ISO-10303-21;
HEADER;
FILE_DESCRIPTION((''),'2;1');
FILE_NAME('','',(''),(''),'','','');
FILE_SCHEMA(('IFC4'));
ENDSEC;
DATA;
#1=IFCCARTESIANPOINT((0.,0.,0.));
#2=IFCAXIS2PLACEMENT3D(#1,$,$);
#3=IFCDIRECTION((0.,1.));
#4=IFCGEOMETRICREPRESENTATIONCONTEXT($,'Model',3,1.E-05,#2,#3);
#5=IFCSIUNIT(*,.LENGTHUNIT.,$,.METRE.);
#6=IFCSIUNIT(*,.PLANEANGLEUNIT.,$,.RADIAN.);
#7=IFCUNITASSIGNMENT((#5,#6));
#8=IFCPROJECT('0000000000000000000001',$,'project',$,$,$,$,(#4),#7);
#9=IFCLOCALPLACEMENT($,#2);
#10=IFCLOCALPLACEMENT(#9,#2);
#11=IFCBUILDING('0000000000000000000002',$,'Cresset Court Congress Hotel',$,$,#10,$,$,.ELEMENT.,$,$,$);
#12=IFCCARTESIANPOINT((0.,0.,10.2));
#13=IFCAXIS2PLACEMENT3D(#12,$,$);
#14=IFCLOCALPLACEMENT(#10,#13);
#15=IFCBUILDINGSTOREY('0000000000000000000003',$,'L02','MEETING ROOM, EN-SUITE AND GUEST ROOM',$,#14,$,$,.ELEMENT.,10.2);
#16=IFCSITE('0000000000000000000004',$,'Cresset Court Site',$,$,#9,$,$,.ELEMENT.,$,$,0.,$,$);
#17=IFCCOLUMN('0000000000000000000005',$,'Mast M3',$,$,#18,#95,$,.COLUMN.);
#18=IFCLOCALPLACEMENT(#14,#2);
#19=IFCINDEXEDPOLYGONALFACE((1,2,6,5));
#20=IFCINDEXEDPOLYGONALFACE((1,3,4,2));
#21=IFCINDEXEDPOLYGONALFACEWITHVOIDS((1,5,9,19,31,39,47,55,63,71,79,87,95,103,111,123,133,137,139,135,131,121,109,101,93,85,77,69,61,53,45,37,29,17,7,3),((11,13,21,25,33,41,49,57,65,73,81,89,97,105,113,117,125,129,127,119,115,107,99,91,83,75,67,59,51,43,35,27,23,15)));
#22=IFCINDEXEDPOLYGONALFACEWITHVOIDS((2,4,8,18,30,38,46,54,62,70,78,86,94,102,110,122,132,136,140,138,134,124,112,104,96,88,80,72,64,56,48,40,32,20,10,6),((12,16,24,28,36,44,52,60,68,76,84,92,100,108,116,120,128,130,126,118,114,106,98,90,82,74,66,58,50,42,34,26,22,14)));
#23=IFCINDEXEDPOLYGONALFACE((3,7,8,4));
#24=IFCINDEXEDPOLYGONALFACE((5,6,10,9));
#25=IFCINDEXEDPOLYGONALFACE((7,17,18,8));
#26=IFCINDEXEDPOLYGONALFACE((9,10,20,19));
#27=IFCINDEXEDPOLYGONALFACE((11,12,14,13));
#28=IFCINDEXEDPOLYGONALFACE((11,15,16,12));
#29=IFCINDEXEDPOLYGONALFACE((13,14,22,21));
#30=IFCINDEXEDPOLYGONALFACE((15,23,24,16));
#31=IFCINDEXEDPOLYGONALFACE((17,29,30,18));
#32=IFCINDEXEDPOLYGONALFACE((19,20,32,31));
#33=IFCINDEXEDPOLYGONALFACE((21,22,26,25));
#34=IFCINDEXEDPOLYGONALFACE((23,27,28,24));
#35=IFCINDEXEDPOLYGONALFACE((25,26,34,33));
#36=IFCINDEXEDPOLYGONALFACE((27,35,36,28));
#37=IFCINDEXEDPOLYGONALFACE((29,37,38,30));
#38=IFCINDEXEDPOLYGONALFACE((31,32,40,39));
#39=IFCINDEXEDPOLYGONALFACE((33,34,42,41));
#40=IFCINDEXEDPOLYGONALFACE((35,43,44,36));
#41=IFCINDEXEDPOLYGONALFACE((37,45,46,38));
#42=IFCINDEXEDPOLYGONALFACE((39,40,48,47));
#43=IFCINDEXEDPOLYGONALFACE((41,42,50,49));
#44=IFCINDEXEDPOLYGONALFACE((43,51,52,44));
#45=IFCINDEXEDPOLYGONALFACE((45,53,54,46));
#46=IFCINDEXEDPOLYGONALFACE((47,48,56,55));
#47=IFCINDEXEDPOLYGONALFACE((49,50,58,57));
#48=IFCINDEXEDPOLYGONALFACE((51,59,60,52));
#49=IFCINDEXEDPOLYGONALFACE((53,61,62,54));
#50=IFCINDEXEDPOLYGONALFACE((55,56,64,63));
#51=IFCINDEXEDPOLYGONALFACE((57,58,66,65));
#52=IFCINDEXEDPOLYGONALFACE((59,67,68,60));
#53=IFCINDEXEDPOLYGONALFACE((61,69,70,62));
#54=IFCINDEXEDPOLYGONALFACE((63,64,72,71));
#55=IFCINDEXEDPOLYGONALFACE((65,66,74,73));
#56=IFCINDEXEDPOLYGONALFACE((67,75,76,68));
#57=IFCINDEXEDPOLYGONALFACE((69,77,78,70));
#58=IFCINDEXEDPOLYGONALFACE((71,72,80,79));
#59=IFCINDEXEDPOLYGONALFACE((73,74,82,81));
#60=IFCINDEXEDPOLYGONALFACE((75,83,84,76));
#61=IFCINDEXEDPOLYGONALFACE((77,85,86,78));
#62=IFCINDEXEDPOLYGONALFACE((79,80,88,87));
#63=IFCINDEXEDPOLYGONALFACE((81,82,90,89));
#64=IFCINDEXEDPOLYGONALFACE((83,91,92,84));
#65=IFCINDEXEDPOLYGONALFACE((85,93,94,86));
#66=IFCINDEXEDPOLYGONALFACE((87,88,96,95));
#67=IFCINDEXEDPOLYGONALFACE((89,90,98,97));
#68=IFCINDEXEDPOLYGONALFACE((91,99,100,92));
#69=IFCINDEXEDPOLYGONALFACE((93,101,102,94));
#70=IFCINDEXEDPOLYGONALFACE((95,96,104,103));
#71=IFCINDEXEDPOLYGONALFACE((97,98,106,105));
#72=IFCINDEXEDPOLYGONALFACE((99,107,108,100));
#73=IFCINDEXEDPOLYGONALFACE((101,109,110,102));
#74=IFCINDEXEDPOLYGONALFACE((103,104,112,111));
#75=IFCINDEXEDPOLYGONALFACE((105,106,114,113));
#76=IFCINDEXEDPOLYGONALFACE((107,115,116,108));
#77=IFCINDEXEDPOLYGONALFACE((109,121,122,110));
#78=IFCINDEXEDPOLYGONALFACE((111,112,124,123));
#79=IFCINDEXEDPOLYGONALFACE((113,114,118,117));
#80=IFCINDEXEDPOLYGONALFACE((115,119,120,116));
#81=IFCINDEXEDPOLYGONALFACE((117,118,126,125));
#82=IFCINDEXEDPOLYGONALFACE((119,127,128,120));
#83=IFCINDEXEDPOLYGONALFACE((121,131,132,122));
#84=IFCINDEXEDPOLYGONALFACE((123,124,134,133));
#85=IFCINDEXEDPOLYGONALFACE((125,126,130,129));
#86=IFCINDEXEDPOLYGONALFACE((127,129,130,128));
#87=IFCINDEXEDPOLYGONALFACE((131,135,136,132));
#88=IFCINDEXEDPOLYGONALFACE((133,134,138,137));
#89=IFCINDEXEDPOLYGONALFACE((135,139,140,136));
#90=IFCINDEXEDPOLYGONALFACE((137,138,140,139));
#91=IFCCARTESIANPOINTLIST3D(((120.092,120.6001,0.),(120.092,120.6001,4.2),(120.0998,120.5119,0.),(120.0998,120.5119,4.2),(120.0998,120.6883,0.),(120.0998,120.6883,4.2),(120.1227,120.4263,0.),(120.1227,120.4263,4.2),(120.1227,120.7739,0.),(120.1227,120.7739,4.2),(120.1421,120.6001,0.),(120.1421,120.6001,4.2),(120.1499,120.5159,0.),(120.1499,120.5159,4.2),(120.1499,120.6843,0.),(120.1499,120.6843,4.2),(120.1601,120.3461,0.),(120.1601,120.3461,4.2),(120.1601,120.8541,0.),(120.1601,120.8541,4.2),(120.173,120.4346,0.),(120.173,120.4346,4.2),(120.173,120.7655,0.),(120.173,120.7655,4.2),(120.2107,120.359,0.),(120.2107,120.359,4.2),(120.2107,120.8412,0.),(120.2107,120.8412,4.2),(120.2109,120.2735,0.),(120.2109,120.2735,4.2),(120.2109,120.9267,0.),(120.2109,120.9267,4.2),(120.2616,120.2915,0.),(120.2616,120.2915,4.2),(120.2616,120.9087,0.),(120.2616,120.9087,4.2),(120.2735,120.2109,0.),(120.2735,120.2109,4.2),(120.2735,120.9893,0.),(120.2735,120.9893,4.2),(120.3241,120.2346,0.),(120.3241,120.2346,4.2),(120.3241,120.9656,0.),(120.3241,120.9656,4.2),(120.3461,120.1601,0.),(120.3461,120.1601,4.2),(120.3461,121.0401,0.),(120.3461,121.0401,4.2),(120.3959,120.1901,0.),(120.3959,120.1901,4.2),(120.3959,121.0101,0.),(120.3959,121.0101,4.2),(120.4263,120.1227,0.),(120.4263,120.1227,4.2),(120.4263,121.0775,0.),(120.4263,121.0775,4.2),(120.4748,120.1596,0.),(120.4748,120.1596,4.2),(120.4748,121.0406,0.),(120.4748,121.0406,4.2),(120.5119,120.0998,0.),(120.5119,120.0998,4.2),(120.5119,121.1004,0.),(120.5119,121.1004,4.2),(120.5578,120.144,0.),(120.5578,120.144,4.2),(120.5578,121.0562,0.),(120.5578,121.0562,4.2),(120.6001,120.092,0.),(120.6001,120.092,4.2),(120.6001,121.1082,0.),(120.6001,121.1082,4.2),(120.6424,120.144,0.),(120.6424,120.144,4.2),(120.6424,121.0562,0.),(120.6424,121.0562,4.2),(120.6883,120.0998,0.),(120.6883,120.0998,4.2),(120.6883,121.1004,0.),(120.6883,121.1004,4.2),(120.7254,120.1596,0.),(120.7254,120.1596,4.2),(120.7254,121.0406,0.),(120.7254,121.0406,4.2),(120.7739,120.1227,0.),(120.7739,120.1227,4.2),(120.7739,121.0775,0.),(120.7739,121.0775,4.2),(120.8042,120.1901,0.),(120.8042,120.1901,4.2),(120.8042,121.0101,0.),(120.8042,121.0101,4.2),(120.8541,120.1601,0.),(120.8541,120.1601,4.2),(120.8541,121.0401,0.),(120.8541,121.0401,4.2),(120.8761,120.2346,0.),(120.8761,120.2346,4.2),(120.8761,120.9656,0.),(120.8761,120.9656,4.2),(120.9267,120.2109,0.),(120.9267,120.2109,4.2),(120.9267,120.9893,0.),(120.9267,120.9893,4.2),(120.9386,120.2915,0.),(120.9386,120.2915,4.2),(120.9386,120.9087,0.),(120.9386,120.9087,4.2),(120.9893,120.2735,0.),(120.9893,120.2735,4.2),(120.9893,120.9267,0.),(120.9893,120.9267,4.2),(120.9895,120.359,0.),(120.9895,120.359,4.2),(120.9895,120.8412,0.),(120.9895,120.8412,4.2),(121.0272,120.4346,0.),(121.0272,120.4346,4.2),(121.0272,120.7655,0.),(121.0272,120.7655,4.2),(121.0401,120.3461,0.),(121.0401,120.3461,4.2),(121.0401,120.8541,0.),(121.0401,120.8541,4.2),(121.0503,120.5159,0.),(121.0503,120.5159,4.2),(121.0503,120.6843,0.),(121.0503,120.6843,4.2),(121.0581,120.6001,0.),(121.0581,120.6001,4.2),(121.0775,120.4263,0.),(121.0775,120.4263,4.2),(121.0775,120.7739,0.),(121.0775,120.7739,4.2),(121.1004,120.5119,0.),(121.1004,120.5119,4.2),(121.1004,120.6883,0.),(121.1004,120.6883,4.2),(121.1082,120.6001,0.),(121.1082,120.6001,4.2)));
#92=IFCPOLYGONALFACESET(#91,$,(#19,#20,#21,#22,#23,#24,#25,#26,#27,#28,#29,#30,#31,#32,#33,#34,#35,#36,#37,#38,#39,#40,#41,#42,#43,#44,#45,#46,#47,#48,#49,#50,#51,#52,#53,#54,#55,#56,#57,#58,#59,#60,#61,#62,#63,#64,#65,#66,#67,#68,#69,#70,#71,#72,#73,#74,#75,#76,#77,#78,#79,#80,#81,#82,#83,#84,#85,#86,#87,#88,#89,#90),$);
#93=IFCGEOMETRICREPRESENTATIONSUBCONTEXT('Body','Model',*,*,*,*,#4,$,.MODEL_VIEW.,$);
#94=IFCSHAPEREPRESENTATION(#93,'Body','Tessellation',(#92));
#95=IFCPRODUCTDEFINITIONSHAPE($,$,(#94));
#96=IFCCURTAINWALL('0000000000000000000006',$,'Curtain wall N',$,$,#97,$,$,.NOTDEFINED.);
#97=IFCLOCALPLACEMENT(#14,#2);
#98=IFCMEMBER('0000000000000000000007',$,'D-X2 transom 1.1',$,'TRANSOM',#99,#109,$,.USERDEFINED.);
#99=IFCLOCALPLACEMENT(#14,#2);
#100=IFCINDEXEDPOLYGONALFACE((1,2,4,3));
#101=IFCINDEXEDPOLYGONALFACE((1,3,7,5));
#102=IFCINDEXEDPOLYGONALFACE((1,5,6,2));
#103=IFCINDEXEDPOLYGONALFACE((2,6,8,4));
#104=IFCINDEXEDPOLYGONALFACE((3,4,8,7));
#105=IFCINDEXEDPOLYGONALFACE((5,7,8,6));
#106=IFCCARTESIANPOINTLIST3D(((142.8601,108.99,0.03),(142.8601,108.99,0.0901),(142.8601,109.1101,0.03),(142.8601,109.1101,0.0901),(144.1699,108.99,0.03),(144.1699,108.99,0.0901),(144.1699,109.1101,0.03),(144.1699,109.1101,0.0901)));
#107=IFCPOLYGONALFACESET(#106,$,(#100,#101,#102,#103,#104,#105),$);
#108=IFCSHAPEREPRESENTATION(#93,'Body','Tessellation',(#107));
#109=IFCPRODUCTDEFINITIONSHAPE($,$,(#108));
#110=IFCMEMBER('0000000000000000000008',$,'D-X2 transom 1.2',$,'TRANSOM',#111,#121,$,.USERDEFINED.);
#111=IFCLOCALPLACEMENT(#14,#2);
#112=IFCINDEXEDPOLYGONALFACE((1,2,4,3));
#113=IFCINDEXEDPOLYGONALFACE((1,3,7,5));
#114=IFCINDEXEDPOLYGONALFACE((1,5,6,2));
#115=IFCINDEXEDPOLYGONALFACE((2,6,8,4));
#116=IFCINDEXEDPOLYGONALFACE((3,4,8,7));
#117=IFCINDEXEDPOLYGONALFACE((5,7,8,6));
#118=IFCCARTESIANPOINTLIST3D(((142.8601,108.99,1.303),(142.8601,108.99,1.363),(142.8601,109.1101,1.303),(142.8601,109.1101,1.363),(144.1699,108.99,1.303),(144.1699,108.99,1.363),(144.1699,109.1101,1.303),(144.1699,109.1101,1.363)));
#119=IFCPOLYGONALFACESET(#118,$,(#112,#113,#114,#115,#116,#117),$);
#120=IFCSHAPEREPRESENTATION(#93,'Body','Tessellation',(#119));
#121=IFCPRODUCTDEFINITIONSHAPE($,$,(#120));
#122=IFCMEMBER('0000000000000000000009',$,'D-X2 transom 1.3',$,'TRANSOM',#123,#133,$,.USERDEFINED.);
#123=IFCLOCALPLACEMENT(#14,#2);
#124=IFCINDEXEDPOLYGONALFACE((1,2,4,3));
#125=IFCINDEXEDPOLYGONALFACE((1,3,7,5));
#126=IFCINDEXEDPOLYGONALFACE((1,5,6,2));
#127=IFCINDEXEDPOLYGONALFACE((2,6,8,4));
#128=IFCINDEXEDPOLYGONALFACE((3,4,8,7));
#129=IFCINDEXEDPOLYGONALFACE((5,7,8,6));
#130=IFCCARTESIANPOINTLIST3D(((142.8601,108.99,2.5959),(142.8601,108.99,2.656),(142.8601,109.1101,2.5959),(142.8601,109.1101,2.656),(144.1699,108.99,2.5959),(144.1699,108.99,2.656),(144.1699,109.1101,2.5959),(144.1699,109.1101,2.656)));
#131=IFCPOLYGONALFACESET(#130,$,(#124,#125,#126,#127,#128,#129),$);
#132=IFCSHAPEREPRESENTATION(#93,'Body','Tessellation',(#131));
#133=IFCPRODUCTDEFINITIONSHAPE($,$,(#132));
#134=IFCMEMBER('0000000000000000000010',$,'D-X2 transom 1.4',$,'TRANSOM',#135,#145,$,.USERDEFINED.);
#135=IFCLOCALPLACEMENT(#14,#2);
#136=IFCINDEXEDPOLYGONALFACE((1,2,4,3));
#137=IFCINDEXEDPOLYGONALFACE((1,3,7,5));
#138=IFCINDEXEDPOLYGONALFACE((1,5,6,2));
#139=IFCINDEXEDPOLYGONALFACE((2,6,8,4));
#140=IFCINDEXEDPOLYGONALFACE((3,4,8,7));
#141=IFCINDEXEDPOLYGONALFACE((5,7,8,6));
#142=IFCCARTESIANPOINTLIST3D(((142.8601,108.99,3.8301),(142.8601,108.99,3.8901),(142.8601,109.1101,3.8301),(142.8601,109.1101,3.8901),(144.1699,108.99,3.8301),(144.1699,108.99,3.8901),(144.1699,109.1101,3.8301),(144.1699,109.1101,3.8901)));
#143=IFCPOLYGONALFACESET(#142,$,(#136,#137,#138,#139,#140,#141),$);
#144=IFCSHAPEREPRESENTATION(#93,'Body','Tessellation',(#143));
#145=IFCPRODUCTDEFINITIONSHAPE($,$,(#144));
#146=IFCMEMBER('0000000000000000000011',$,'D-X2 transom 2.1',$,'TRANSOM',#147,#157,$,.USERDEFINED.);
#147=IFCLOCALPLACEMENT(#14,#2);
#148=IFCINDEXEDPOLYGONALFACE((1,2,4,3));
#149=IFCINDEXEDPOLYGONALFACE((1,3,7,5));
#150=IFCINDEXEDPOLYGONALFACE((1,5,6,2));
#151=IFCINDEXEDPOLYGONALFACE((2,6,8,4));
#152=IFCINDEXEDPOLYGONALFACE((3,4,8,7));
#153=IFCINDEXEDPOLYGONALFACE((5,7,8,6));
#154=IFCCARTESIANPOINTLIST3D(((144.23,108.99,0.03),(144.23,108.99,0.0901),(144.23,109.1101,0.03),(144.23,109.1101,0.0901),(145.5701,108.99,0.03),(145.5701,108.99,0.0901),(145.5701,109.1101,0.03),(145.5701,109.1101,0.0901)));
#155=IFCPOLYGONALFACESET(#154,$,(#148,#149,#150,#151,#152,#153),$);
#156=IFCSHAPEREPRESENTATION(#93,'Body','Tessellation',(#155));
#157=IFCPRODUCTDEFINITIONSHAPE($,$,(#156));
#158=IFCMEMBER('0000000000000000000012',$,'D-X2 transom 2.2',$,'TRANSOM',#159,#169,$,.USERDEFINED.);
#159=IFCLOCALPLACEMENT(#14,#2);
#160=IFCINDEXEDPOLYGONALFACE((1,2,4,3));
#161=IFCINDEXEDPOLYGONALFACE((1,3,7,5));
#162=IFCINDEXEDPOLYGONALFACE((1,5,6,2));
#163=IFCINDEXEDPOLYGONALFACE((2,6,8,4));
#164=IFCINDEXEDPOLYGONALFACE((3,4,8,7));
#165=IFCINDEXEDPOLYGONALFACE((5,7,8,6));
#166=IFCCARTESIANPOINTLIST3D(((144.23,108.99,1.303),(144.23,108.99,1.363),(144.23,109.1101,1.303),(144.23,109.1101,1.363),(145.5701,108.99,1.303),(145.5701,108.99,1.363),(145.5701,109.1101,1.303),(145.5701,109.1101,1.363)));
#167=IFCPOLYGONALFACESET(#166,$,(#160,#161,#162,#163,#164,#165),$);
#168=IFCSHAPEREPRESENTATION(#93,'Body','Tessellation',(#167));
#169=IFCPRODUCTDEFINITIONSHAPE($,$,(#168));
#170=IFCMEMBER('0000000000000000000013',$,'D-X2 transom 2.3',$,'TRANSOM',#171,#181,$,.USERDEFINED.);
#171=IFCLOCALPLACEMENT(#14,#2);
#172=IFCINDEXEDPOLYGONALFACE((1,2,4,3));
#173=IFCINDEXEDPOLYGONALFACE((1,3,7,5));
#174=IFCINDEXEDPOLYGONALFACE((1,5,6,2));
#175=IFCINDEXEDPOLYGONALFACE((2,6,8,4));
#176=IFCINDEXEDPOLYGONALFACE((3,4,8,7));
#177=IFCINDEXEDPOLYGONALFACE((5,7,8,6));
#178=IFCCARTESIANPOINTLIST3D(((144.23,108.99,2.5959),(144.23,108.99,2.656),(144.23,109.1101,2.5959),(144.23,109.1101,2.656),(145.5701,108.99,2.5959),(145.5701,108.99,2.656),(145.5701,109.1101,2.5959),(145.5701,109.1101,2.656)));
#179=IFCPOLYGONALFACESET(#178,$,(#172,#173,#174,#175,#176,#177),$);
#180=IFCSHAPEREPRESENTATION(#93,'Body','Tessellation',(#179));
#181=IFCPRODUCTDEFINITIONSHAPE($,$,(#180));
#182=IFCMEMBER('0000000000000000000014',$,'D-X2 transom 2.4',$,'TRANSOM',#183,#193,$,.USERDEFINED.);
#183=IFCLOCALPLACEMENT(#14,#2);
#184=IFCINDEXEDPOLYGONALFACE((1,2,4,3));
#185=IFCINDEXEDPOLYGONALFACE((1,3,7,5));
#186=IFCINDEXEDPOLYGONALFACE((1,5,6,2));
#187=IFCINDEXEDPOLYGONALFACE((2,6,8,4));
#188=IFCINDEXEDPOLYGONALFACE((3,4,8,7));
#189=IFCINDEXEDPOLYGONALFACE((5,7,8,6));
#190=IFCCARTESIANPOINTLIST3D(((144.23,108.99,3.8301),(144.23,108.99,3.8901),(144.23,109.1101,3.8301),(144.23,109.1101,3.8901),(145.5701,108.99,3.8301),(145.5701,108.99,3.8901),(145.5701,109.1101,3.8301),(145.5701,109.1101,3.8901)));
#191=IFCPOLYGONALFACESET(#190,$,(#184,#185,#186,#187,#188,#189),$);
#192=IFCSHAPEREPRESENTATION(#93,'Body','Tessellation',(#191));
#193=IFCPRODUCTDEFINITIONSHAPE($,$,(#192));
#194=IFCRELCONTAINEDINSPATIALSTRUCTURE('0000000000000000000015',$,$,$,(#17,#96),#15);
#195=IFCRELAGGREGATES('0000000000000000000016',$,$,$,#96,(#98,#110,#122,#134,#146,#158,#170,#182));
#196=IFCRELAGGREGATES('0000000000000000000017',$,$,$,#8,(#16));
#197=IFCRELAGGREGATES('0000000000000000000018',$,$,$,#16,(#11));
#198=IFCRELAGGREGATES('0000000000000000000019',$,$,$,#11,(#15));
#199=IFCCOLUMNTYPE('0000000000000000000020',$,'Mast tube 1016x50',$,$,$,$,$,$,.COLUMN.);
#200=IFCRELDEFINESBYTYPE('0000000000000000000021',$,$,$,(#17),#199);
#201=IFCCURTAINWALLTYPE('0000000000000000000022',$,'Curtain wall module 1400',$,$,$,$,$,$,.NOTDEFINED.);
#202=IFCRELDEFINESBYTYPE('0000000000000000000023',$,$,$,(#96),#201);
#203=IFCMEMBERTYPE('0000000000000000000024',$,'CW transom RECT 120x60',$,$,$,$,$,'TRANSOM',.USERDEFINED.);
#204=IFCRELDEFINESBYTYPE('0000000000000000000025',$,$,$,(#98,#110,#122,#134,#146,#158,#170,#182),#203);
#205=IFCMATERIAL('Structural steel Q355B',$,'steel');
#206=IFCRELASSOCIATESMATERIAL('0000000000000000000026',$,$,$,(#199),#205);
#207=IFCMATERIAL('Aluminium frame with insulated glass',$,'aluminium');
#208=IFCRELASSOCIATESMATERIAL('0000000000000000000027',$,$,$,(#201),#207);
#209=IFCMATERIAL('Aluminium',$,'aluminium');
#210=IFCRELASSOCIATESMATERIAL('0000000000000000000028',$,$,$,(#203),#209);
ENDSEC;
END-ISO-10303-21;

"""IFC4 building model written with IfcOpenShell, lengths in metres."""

from ifc_helpers import new_model, si_unit, direction, frame, origin, origin_2d, place, context, subcontext, project, spatial, rectangle, hollow_circle, extrude, material, material_profile, profile_set, type_object, element, aggregate, save


model = new_model("IFC4")

# Units and contexts
model_context = context("Model", 3, precision=1e-05, world=origin(), true_north=direction((0.0, 1.0)))
body_context = subcontext(model_context, "Body", "Model", "MODEL_VIEW")
ifc_project = project(units=[si_unit("LENGTHUNIT", "METRE"), si_unit("PLANEANGLEUNIT", "RADIAN")], contexts=[model_context])

# Site, building, storey
site_placement = place(None, origin())
site = spatial("IfcSite", under=ifc_project, at=site_placement, Name="Cresset Court Site", CompositionType="ELEMENT", RefElevation=0.0)
building_placement = place(site_placement, origin())
building = spatial("IfcBuilding", under=site, at=building_placement, Name="Cresset Court Congress Hotel", CompositionType="ELEMENT")
storey_placement = place(building_placement, frame((0.0, 0.0, 10.2)))
storey = spatial("IfcBuildingStorey", under=building, at=storey_placement, Name="L02", Description="MEETING ROOM, EN-SUITE AND GUEST ROOM", CompositionType="ELEMENT", Elevation=10.2)

# Column
ifc_material_1 = material(Name="Structural steel Q355B", Category="steel")
ifc_material_profile_1 = material_profile(ifc_material_1, hollow_circle(Radius=0.5081, WallThickness=0.05, at=origin_2d()), Name="CHS1016x50")
ifc_profile_set_1 = profile_set([ifc_material_profile_1], Name="Structural steel Q355B")
column_type = type_object("IfcColumnType", Name="Mast tube 1016x50", PredefinedType="COLUMN", material=ifc_profile_set_1)
column_placement = place(storey_placement, frame((120.6001, 120.6001, 0.0), z_axis=(0.0, 0.0, 1.0), x_axis=(1.0, 0.0, 0.0)))
element("IfcColumn", 1, at=column_placement, inside=storey, type_object=column_type, Name="Mast M3", PredefinedType="COLUMN", context=body_context, shape_type="SweptSolid", body=[
    extrude(hollow_circle(Radius=0.5081, WallThickness=0.05, at=origin_2d()), origin(), (0.0, 0.0, 1.0), 4.2),
])

# Curtain wall, members
ifc_material_2 = material(Name="Aluminium frame with insulated glass", Category="aluminium")
curtain_wall_type = type_object("IfcCurtainWallType", Name="Curtain wall module 1400", PredefinedType="NOTDEFINED", material=ifc_material_2)
curtain_wall_placement = place(storey_placement, origin())
curtain_wall = element("IfcCurtainWall", 2, at=curtain_wall_placement, inside=storey, type_object=curtain_wall_type, Name="Curtain wall N", PredefinedType="NOTDEFINED")
ifc_material_3 = material(Name="Aluminium", Category="aluminium")
ifc_material_profile_2 = material_profile(ifc_material_3, rectangle(XDim=0.1201, YDim=0.0601, at=origin_2d()), Name="AL 120x60")
ifc_profile_set_2 = profile_set([ifc_material_profile_2], Name="Aluminium")
member_type_1 = type_object("IfcMemberType", Name="CW transom RECT 120x60", ElementType="TRANSOM", PredefinedType="USERDEFINED", material=ifc_profile_set_2)
member_1_placement = place(storey_placement, frame((142.8601, 109.05, 0.0601), z_axis=(1.0, 0.0, 0.0), x_axis=(0.0, 1.0, 0.0)))
member_1 = element("IfcMember", 3, at=member_1_placement, type_object=member_type_1, Name="D-X2 transom 1.1", ObjectType="TRANSOM", PredefinedType="USERDEFINED", context=body_context, shape_type="SweptSolid", body=[
    extrude(rectangle(XDim=0.1201, YDim=0.0601, at=origin_2d()), origin(), (0.0, 0.0, 1.0), 1.3098),
])
member_2_placement = place(storey_placement, frame((142.8601, 109.05, 1.333), z_axis=(1.0, 0.0, 0.0), x_axis=(0.0, 1.0, 0.0)))
member_2 = element("IfcMember", 4, at=member_2_placement, type_object=member_type_1, Name="D-X2 transom 1.2", ObjectType="TRANSOM", PredefinedType="USERDEFINED", context=body_context, shape_type="SweptSolid", body=[
    extrude(rectangle(XDim=0.1201, YDim=0.0601, at=origin_2d()), origin(), (0.0, 0.0, 1.0), 1.3098),
])
member_3_placement = place(storey_placement, frame((142.8601, 109.05, 2.626), z_axis=(1.0, 0.0, 0.0), x_axis=(0.0, 1.0, 0.0)))
member_3 = element("IfcMember", 5, at=member_3_placement, type_object=member_type_1, Name="D-X2 transom 1.3", ObjectType="TRANSOM", PredefinedType="USERDEFINED", context=body_context, shape_type="SweptSolid", body=[
    extrude(rectangle(XDim=0.1201, YDim=0.0601, at=origin_2d()), origin(), (0.0, 0.0, 1.0), 1.3098),
])
member_4_placement = place(storey_placement, frame((142.8601, 109.05, 3.8601), z_axis=(1.0, 0.0, 0.0), x_axis=(0.0, 1.0, 0.0)))
member_4 = element("IfcMember", 6, at=member_4_placement, type_object=member_type_1, Name="D-X2 transom 1.4", ObjectType="TRANSOM", PredefinedType="USERDEFINED", context=body_context, shape_type="SweptSolid", body=[
    extrude(rectangle(XDim=0.1201, YDim=0.0601, at=origin_2d()), origin(), (0.0, 0.0, 1.0), 1.3098),
])
member_5_placement = place(storey_placement, frame((144.23, 109.05, 0.0601), z_axis=(1.0, 0.0, 0.0), x_axis=(0.0, 1.0, 0.0)))
member_5 = element("IfcMember", 7, at=member_5_placement, type_object=member_type_1, Name="D-X2 transom 2.1", ObjectType="TRANSOM", PredefinedType="USERDEFINED", context=body_context, shape_type="SweptSolid", body=[
    extrude(rectangle(XDim=0.1201, YDim=0.0601, at=origin_2d()), origin(), (0.0, 0.0, 1.0), 1.3401),
])
member_6_placement = place(storey_placement, frame((144.23, 109.05, 1.333), z_axis=(1.0, 0.0, 0.0), x_axis=(0.0, 1.0, 0.0)))
member_6 = element("IfcMember", 8, at=member_6_placement, type_object=member_type_1, Name="D-X2 transom 2.2", ObjectType="TRANSOM", PredefinedType="USERDEFINED", context=body_context, shape_type="SweptSolid", body=[
    extrude(rectangle(XDim=0.1201, YDim=0.0601, at=origin_2d()), origin(), (0.0, 0.0, 1.0), 1.3401),
])
member_7_placement = place(storey_placement, frame((144.23, 109.05, 2.626), z_axis=(1.0, 0.0, 0.0), x_axis=(0.0, 1.0, 0.0)))
member_7 = element("IfcMember", 9, at=member_7_placement, type_object=member_type_1, Name="D-X2 transom 2.3", ObjectType="TRANSOM", PredefinedType="USERDEFINED", context=body_context, shape_type="SweptSolid", body=[
    extrude(rectangle(XDim=0.1201, YDim=0.0601, at=origin_2d()), origin(), (0.0, 0.0, 1.0), 1.3401),
])
member_8_placement = place(storey_placement, frame((144.23, 109.05, 3.8601), z_axis=(1.0, 0.0, 0.0), x_axis=(0.0, 1.0, 0.0)))
member_8 = element("IfcMember", 10, at=member_8_placement, type_object=member_type_1, Name="D-X2 transom 2.4", ObjectType="TRANSOM", PredefinedType="USERDEFINED", context=body_context, shape_type="SweptSolid", body=[
    extrude(rectangle(XDim=0.1201, YDim=0.0601, at=origin_2d()), origin(), (0.0, 0.0, 1.0), 1.3401),
])
aggregate(curtain_wall, [member_1, member_2, member_3, member_4, member_5, member_6, member_7, member_8])

save(model, "model.ifc")
